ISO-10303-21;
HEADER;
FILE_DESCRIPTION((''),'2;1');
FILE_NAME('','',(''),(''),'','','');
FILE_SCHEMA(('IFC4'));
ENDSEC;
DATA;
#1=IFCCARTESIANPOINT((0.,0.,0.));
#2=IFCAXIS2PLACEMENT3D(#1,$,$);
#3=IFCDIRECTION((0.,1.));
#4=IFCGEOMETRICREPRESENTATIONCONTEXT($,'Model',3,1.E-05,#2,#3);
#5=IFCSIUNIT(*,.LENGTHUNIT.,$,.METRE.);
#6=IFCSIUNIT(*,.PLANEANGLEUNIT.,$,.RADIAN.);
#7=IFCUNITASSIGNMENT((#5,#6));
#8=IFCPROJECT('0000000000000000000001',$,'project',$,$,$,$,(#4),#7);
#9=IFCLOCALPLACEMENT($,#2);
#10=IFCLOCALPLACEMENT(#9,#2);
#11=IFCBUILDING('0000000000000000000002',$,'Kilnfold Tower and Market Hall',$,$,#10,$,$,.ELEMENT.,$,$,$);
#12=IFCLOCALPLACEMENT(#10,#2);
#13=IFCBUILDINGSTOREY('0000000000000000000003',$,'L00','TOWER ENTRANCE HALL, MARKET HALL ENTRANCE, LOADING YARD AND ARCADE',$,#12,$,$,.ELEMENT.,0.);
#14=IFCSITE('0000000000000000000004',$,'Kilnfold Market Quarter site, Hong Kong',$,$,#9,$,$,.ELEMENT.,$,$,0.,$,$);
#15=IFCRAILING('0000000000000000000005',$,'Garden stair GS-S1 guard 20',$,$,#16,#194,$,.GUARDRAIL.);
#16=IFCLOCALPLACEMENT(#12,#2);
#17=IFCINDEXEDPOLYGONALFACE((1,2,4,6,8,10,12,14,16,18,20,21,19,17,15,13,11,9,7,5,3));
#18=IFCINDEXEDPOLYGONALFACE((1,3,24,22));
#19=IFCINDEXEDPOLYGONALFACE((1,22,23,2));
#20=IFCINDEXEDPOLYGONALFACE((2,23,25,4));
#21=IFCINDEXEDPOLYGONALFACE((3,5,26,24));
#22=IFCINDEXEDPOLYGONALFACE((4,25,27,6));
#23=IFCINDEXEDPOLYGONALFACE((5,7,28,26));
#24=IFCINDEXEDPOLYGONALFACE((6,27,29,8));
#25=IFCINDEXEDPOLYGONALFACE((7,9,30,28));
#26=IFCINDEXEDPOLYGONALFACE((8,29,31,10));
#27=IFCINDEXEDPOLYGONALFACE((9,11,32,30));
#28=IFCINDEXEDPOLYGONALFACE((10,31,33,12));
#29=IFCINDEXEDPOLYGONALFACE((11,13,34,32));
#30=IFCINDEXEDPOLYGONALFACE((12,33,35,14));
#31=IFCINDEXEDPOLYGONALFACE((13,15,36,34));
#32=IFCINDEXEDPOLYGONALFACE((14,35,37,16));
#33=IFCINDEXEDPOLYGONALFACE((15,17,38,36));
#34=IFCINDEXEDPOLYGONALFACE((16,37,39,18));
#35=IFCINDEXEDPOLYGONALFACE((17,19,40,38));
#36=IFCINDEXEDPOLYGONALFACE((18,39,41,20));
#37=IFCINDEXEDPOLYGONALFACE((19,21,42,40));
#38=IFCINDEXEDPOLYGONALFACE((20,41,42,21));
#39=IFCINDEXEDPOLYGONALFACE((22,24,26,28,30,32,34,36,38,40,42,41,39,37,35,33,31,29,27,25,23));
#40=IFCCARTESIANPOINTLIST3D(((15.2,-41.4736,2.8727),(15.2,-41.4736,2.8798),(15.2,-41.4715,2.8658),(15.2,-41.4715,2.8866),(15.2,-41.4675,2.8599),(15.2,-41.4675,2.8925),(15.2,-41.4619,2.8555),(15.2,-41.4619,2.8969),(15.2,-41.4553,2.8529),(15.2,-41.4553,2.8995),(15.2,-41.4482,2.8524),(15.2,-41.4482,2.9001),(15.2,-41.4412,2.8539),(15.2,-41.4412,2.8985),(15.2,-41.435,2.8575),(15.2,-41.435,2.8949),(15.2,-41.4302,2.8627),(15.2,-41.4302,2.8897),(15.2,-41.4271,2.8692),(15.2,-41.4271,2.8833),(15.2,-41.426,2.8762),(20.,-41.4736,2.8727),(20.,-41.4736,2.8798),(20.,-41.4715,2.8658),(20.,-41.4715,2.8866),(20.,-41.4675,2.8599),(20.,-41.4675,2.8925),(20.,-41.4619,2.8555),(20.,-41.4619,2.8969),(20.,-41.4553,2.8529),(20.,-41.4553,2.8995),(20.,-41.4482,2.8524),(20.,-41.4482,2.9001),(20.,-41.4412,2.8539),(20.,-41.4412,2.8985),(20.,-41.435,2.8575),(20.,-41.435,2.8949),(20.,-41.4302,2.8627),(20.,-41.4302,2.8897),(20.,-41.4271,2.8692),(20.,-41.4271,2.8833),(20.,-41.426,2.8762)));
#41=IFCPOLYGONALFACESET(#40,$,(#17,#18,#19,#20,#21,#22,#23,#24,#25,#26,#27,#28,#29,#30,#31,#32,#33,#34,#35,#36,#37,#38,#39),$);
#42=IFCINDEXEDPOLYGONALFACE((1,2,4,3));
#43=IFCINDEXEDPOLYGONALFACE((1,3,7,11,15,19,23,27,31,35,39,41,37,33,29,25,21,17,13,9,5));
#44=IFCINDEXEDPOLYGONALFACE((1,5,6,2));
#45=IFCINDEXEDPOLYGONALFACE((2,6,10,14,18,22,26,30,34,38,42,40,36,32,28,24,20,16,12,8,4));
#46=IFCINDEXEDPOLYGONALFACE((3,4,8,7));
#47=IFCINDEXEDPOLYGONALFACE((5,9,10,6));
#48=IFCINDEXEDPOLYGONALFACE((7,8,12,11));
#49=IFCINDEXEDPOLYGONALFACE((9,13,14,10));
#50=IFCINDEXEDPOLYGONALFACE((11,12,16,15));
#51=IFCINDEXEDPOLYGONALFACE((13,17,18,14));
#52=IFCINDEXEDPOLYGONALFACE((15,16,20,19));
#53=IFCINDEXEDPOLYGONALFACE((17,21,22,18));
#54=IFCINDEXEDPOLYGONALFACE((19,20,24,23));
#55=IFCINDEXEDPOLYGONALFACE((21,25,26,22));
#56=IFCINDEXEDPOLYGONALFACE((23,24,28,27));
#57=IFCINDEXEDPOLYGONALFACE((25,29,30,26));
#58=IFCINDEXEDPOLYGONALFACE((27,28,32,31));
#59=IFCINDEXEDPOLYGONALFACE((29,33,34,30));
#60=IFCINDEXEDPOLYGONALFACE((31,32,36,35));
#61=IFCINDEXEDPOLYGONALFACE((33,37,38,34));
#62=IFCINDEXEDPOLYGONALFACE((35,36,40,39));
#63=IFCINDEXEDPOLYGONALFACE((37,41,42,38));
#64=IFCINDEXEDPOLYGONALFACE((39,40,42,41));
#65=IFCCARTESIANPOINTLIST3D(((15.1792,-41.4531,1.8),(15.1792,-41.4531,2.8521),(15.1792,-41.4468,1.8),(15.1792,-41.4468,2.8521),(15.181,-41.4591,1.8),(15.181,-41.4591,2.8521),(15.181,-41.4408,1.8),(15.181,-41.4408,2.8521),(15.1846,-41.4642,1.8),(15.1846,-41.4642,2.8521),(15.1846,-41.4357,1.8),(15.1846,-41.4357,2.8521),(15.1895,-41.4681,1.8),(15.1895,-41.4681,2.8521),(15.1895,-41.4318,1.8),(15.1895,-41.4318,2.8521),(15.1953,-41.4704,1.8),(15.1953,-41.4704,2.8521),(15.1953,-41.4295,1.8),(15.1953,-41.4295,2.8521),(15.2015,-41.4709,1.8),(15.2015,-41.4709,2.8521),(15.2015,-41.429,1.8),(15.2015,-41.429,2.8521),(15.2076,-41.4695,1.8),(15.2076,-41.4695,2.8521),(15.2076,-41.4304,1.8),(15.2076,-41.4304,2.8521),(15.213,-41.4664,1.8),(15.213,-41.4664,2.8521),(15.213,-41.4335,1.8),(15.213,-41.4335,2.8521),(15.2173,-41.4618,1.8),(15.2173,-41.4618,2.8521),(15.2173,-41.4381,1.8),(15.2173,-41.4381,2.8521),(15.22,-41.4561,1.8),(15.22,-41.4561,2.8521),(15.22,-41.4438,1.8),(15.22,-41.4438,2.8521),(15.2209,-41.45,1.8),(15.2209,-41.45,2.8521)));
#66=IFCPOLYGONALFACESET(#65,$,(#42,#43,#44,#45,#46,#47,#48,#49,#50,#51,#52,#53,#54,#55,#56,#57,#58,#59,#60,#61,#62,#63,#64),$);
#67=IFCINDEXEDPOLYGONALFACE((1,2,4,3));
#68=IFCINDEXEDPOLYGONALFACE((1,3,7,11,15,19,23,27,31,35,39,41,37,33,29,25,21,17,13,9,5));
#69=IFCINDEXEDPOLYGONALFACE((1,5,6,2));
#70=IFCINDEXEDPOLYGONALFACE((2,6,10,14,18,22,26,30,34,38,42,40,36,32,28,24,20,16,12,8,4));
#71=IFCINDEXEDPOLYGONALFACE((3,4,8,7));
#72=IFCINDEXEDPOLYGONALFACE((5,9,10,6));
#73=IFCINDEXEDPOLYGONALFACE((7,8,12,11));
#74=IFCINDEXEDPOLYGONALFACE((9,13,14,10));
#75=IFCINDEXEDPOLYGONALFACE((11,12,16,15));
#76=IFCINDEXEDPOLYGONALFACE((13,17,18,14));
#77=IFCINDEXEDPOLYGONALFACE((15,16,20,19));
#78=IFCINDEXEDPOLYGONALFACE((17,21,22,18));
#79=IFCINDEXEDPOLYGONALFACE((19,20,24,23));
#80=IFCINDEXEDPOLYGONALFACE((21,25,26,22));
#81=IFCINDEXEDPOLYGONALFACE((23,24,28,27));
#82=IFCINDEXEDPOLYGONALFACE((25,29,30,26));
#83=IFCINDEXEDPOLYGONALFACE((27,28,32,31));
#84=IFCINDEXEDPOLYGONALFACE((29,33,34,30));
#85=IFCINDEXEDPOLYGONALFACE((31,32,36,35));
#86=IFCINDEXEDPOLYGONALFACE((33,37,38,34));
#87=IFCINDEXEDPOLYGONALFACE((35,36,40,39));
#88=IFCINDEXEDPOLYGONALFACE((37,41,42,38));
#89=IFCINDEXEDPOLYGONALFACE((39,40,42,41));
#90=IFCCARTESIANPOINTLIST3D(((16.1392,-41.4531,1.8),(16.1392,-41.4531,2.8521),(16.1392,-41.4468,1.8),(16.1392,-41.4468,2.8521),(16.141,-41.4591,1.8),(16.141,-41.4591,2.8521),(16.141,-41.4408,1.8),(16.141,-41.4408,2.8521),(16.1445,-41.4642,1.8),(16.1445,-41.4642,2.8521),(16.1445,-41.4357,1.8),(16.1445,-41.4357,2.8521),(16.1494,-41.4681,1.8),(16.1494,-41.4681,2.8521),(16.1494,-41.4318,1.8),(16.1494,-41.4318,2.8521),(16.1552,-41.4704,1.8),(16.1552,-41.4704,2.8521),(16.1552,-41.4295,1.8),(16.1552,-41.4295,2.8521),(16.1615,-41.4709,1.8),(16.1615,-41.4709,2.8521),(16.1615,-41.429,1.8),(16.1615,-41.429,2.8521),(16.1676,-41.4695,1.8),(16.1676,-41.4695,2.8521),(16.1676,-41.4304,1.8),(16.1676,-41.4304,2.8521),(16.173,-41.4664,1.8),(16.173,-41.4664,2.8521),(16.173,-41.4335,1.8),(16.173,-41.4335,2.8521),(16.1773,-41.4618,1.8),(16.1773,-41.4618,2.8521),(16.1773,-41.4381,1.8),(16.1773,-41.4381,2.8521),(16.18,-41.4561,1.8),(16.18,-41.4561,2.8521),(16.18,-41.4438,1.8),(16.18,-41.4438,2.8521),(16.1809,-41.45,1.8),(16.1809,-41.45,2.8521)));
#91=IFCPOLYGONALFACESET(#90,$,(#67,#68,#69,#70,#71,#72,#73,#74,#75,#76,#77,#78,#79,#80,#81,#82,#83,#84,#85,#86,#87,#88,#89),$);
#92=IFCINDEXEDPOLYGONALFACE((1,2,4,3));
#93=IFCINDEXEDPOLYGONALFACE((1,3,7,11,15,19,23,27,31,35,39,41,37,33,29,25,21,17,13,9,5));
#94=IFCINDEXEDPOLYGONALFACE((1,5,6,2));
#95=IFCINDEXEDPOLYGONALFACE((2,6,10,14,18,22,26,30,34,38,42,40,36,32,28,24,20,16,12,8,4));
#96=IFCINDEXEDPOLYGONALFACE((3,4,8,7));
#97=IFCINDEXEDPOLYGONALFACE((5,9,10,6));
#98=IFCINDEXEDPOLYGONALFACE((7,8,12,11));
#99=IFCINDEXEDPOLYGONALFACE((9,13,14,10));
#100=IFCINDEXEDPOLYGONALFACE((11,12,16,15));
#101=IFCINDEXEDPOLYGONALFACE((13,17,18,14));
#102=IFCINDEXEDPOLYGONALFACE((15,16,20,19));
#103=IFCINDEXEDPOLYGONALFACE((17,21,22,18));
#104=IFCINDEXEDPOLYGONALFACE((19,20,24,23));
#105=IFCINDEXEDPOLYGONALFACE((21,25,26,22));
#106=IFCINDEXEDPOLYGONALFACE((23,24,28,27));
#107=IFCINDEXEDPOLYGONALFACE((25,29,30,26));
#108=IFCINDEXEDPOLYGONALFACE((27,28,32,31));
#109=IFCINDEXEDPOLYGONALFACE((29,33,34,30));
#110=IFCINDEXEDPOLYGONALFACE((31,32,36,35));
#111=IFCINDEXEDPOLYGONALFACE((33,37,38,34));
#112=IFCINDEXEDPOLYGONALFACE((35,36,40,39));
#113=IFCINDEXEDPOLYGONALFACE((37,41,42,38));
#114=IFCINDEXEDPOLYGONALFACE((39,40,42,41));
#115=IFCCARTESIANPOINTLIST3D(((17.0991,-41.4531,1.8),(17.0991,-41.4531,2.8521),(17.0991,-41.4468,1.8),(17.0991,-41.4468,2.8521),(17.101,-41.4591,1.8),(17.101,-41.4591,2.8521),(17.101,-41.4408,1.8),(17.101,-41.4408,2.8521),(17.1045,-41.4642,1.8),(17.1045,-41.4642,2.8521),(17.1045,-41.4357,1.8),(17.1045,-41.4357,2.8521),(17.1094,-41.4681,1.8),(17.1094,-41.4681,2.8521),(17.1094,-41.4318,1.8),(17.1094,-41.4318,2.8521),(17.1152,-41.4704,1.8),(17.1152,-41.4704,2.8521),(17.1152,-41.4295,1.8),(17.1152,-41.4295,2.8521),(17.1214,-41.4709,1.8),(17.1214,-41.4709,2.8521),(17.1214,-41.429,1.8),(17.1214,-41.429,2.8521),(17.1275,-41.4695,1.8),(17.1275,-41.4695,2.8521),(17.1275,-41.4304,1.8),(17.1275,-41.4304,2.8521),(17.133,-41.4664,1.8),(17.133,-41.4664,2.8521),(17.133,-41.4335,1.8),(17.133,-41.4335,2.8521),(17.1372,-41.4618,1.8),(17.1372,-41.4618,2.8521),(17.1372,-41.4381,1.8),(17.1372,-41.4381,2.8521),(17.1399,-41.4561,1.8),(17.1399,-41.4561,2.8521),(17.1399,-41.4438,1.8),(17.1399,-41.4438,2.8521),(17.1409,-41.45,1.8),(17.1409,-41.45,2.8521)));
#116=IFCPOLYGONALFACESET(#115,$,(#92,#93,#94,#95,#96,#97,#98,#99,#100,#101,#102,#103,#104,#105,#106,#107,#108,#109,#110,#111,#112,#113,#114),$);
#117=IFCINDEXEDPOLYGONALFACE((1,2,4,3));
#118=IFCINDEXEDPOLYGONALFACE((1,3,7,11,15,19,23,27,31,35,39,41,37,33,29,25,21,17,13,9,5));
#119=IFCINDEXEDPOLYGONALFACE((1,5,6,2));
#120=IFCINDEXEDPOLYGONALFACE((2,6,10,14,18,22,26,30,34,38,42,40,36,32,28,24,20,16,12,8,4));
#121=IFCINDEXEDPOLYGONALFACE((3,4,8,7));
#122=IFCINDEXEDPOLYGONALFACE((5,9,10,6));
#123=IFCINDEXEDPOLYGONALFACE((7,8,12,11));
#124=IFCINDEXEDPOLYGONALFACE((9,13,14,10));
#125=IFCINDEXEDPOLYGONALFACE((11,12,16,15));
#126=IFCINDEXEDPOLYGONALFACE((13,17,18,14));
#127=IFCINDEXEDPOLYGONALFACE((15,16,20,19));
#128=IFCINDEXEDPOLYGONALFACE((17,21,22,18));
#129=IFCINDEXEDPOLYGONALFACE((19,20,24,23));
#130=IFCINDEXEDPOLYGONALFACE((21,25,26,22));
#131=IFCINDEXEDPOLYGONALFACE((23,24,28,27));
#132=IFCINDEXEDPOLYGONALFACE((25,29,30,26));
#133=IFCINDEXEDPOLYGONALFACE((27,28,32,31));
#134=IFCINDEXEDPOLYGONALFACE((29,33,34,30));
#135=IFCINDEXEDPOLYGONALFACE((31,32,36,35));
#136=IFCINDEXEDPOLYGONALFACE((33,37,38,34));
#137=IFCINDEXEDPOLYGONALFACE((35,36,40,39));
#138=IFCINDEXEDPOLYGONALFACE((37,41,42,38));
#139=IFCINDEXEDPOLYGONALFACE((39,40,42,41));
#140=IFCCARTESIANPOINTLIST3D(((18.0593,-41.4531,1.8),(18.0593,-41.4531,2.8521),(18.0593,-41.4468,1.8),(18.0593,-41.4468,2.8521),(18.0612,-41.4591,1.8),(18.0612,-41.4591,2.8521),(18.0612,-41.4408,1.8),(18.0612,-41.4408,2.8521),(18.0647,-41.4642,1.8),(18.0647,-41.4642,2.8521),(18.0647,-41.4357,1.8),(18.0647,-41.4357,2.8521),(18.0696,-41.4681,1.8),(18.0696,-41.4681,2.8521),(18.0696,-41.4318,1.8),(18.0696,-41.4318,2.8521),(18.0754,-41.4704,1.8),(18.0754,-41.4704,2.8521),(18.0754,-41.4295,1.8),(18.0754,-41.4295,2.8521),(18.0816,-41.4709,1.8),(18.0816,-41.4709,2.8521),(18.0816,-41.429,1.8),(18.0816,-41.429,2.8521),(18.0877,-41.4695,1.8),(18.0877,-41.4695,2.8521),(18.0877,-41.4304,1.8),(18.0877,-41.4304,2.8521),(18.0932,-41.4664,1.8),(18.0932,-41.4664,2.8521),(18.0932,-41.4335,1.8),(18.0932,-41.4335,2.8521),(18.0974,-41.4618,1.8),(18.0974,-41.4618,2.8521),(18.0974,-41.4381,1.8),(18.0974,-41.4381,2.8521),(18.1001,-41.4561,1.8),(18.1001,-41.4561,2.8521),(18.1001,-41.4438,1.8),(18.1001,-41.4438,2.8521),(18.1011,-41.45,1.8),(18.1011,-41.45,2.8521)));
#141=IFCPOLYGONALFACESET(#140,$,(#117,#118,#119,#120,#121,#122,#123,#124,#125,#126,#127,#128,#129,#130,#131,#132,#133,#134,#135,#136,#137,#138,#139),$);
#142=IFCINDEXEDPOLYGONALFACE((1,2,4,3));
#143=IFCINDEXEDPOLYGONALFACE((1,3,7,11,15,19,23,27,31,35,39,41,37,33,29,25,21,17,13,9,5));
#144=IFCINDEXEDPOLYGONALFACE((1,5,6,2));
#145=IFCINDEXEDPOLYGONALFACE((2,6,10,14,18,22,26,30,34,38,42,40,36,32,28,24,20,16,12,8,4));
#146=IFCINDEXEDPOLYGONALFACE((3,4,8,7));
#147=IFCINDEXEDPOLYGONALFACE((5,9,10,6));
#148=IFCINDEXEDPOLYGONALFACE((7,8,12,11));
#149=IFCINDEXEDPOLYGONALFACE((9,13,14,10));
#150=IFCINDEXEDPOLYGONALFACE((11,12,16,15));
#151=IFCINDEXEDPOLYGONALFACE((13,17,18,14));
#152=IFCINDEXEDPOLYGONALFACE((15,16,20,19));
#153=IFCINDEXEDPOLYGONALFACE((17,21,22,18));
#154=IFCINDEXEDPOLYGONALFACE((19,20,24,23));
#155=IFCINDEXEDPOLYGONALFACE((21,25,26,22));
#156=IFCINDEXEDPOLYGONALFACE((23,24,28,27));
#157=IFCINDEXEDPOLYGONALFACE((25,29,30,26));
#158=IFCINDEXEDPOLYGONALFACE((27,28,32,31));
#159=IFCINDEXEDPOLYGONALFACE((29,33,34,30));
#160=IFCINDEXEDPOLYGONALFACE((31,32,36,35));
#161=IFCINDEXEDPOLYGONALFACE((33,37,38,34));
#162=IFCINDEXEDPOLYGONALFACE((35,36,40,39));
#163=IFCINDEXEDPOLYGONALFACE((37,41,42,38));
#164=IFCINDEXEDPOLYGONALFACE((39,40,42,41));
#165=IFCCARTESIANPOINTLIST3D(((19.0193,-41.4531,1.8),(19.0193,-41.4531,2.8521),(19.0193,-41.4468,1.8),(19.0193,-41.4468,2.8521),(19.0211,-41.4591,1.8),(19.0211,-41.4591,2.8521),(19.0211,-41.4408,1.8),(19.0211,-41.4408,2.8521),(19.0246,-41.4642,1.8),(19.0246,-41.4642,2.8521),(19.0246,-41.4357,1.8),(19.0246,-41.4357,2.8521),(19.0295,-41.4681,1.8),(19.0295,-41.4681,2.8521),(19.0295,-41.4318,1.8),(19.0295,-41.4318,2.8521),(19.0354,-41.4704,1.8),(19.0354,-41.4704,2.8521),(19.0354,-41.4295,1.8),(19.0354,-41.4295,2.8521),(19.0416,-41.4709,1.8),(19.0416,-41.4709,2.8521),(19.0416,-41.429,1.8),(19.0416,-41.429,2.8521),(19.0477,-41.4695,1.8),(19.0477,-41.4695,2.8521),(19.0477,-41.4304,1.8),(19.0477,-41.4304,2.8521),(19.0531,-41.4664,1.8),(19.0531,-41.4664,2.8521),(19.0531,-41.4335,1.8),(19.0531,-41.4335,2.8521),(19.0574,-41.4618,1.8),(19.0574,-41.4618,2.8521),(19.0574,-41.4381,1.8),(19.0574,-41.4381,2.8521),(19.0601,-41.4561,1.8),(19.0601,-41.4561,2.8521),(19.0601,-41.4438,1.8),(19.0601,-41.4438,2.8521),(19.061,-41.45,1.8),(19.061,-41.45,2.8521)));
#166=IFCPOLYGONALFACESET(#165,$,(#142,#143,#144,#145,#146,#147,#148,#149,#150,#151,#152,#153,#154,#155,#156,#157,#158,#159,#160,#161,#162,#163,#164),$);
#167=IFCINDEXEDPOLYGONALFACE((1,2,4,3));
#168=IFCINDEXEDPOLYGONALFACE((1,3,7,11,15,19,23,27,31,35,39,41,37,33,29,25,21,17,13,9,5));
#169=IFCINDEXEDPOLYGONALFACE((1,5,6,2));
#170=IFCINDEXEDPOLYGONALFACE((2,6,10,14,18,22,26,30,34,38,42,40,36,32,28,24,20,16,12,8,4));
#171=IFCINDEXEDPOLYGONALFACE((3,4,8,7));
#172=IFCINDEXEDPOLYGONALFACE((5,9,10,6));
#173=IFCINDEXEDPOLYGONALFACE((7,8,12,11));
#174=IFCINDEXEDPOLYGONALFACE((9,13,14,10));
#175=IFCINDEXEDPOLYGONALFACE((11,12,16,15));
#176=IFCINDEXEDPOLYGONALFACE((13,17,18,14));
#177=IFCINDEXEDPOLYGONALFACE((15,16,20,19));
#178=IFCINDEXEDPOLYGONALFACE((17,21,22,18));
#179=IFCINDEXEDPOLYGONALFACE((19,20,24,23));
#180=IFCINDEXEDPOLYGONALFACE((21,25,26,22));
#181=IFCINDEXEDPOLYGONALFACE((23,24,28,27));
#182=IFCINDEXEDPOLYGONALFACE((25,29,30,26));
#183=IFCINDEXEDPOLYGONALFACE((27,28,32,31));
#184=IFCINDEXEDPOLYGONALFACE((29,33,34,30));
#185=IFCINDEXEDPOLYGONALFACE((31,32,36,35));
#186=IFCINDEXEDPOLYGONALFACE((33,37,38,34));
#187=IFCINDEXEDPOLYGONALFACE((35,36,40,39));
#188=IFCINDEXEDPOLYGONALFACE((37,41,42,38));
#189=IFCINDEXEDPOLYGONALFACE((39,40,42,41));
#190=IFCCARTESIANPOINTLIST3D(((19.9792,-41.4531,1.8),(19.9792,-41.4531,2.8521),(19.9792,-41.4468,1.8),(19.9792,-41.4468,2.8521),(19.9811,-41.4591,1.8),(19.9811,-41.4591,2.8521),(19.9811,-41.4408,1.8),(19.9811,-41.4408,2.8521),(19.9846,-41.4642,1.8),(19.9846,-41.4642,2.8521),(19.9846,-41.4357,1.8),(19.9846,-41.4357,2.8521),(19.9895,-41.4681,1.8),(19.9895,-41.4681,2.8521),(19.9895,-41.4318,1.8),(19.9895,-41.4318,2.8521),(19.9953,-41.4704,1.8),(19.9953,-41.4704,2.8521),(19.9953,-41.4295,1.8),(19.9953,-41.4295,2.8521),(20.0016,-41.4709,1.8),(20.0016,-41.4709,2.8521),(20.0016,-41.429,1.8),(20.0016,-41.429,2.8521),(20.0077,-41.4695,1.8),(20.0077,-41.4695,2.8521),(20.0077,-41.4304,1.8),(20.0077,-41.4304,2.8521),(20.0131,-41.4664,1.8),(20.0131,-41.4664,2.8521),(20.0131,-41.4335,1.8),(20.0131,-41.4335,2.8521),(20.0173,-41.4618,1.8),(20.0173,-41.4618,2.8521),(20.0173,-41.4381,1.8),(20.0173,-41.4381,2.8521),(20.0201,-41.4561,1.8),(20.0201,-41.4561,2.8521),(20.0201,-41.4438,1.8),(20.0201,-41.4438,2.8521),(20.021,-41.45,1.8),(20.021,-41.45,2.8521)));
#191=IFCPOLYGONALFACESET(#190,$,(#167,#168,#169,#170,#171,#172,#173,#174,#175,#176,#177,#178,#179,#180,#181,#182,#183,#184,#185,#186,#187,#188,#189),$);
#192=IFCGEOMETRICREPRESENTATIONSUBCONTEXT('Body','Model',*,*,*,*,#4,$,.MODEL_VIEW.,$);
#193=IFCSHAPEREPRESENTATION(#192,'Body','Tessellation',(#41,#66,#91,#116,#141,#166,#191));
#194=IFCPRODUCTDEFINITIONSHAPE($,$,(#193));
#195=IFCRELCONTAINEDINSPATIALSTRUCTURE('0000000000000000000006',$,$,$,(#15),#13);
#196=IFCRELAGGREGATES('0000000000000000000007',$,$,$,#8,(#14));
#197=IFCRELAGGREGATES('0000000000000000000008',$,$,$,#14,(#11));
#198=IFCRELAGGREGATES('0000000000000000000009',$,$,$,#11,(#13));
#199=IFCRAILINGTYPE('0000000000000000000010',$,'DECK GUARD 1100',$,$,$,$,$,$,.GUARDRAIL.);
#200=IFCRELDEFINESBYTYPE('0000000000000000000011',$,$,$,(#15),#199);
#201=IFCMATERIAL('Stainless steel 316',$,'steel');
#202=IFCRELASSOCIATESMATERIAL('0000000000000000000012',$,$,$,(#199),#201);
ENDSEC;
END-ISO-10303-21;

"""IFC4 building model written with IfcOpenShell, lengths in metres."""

from ifc_helpers import new_model, si_unit, direction, frame, origin, origin_2d, place, context, subcontext, project, spatial, circle, extrude, material, type_object, element, save


model = new_model("IFC4")

# Units and contexts
model_context = context("Model", 3, precision=1e-05, world=origin(), true_north=direction((0.0, 1.0)))
body_context = subcontext(model_context, "Body", "Model", "MODEL_VIEW")
ifc_project = project(units=[si_unit("LENGTHUNIT", "METRE"), si_unit("PLANEANGLEUNIT", "RADIAN")], contexts=[model_context])

# Site, building, storey
site_placement = place(None, origin())
site = spatial("IfcSite", under=ifc_project, at=site_placement, Name="Kilnfold Market Quarter site, Hong Kong", CompositionType="ELEMENT", RefElevation=0.0)
building_placement = place(site_placement, origin())
building = spatial("IfcBuilding", under=site, at=building_placement, Name="Kilnfold Tower and Market Hall", CompositionType="ELEMENT")
storey_placement = place(building_placement, origin())
storey = spatial("IfcBuildingStorey", under=building, at=storey_placement, Name="L00", Description="TOWER ENTRANCE HALL, MARKET HALL ENTRANCE, LOADING YARD AND ARCADE", CompositionType="ELEMENT", Elevation=0.0)

# Railing
ifc_material_1 = material(Name="Stainless steel 316", Category="steel")
railing_type = type_object("IfcRailingType", Name="DECK GUARD 1100", PredefinedType="GUARDRAIL", material=ifc_material_1)
railing_1_placement = place(storey_placement, frame((15.2, -41.45, 1.8)))
element("IfcRailing", 1, at=railing_1_placement, inside=storey, type_object=railing_type, Name="Garden stair GS-S1 guard 20", PredefinedType="GUARDRAIL", context=body_context, shape_type="SweptSolid", body=[
    extrude(circle(Radius=0.0239, at=origin_2d()), frame((0.0, 0.0, 1.0762), z_axis=(1.0, 0.0, 0.0), x_axis=(0.0, 1.0, 0.0)), (0.0, 0.0, 1.0), 4.8),
    extrude(circle(Radius=0.021, at=origin_2d()), origin(), (0.0, 0.0, 1.0), 1.052),
    extrude(circle(Radius=0.021, at=origin_2d()), frame((0.96, 0.0, 0.0)), (0.0, 0.0, 1.0), 1.052),
    extrude(circle(Radius=0.021, at=origin_2d()), frame((1.9199, 0.0, 0.0)), (0.0, 0.0, 1.0), 1.052),
    extrude(circle(Radius=0.021, at=origin_2d()), frame((2.8801, 0.0, 0.0)), (0.0, 0.0, 1.0), 1.052),
    extrude(circle(Radius=0.021, at=origin_2d()), frame((3.8401, 0.0, 0.0)), (0.0, 0.0, 1.0), 1.052),
    extrude(circle(Radius=0.021, at=origin_2d()), frame((4.8, 0.0, 0.0)), (0.0, 0.0, 1.0), 1.052),
])

save(model, "model.ifc")
